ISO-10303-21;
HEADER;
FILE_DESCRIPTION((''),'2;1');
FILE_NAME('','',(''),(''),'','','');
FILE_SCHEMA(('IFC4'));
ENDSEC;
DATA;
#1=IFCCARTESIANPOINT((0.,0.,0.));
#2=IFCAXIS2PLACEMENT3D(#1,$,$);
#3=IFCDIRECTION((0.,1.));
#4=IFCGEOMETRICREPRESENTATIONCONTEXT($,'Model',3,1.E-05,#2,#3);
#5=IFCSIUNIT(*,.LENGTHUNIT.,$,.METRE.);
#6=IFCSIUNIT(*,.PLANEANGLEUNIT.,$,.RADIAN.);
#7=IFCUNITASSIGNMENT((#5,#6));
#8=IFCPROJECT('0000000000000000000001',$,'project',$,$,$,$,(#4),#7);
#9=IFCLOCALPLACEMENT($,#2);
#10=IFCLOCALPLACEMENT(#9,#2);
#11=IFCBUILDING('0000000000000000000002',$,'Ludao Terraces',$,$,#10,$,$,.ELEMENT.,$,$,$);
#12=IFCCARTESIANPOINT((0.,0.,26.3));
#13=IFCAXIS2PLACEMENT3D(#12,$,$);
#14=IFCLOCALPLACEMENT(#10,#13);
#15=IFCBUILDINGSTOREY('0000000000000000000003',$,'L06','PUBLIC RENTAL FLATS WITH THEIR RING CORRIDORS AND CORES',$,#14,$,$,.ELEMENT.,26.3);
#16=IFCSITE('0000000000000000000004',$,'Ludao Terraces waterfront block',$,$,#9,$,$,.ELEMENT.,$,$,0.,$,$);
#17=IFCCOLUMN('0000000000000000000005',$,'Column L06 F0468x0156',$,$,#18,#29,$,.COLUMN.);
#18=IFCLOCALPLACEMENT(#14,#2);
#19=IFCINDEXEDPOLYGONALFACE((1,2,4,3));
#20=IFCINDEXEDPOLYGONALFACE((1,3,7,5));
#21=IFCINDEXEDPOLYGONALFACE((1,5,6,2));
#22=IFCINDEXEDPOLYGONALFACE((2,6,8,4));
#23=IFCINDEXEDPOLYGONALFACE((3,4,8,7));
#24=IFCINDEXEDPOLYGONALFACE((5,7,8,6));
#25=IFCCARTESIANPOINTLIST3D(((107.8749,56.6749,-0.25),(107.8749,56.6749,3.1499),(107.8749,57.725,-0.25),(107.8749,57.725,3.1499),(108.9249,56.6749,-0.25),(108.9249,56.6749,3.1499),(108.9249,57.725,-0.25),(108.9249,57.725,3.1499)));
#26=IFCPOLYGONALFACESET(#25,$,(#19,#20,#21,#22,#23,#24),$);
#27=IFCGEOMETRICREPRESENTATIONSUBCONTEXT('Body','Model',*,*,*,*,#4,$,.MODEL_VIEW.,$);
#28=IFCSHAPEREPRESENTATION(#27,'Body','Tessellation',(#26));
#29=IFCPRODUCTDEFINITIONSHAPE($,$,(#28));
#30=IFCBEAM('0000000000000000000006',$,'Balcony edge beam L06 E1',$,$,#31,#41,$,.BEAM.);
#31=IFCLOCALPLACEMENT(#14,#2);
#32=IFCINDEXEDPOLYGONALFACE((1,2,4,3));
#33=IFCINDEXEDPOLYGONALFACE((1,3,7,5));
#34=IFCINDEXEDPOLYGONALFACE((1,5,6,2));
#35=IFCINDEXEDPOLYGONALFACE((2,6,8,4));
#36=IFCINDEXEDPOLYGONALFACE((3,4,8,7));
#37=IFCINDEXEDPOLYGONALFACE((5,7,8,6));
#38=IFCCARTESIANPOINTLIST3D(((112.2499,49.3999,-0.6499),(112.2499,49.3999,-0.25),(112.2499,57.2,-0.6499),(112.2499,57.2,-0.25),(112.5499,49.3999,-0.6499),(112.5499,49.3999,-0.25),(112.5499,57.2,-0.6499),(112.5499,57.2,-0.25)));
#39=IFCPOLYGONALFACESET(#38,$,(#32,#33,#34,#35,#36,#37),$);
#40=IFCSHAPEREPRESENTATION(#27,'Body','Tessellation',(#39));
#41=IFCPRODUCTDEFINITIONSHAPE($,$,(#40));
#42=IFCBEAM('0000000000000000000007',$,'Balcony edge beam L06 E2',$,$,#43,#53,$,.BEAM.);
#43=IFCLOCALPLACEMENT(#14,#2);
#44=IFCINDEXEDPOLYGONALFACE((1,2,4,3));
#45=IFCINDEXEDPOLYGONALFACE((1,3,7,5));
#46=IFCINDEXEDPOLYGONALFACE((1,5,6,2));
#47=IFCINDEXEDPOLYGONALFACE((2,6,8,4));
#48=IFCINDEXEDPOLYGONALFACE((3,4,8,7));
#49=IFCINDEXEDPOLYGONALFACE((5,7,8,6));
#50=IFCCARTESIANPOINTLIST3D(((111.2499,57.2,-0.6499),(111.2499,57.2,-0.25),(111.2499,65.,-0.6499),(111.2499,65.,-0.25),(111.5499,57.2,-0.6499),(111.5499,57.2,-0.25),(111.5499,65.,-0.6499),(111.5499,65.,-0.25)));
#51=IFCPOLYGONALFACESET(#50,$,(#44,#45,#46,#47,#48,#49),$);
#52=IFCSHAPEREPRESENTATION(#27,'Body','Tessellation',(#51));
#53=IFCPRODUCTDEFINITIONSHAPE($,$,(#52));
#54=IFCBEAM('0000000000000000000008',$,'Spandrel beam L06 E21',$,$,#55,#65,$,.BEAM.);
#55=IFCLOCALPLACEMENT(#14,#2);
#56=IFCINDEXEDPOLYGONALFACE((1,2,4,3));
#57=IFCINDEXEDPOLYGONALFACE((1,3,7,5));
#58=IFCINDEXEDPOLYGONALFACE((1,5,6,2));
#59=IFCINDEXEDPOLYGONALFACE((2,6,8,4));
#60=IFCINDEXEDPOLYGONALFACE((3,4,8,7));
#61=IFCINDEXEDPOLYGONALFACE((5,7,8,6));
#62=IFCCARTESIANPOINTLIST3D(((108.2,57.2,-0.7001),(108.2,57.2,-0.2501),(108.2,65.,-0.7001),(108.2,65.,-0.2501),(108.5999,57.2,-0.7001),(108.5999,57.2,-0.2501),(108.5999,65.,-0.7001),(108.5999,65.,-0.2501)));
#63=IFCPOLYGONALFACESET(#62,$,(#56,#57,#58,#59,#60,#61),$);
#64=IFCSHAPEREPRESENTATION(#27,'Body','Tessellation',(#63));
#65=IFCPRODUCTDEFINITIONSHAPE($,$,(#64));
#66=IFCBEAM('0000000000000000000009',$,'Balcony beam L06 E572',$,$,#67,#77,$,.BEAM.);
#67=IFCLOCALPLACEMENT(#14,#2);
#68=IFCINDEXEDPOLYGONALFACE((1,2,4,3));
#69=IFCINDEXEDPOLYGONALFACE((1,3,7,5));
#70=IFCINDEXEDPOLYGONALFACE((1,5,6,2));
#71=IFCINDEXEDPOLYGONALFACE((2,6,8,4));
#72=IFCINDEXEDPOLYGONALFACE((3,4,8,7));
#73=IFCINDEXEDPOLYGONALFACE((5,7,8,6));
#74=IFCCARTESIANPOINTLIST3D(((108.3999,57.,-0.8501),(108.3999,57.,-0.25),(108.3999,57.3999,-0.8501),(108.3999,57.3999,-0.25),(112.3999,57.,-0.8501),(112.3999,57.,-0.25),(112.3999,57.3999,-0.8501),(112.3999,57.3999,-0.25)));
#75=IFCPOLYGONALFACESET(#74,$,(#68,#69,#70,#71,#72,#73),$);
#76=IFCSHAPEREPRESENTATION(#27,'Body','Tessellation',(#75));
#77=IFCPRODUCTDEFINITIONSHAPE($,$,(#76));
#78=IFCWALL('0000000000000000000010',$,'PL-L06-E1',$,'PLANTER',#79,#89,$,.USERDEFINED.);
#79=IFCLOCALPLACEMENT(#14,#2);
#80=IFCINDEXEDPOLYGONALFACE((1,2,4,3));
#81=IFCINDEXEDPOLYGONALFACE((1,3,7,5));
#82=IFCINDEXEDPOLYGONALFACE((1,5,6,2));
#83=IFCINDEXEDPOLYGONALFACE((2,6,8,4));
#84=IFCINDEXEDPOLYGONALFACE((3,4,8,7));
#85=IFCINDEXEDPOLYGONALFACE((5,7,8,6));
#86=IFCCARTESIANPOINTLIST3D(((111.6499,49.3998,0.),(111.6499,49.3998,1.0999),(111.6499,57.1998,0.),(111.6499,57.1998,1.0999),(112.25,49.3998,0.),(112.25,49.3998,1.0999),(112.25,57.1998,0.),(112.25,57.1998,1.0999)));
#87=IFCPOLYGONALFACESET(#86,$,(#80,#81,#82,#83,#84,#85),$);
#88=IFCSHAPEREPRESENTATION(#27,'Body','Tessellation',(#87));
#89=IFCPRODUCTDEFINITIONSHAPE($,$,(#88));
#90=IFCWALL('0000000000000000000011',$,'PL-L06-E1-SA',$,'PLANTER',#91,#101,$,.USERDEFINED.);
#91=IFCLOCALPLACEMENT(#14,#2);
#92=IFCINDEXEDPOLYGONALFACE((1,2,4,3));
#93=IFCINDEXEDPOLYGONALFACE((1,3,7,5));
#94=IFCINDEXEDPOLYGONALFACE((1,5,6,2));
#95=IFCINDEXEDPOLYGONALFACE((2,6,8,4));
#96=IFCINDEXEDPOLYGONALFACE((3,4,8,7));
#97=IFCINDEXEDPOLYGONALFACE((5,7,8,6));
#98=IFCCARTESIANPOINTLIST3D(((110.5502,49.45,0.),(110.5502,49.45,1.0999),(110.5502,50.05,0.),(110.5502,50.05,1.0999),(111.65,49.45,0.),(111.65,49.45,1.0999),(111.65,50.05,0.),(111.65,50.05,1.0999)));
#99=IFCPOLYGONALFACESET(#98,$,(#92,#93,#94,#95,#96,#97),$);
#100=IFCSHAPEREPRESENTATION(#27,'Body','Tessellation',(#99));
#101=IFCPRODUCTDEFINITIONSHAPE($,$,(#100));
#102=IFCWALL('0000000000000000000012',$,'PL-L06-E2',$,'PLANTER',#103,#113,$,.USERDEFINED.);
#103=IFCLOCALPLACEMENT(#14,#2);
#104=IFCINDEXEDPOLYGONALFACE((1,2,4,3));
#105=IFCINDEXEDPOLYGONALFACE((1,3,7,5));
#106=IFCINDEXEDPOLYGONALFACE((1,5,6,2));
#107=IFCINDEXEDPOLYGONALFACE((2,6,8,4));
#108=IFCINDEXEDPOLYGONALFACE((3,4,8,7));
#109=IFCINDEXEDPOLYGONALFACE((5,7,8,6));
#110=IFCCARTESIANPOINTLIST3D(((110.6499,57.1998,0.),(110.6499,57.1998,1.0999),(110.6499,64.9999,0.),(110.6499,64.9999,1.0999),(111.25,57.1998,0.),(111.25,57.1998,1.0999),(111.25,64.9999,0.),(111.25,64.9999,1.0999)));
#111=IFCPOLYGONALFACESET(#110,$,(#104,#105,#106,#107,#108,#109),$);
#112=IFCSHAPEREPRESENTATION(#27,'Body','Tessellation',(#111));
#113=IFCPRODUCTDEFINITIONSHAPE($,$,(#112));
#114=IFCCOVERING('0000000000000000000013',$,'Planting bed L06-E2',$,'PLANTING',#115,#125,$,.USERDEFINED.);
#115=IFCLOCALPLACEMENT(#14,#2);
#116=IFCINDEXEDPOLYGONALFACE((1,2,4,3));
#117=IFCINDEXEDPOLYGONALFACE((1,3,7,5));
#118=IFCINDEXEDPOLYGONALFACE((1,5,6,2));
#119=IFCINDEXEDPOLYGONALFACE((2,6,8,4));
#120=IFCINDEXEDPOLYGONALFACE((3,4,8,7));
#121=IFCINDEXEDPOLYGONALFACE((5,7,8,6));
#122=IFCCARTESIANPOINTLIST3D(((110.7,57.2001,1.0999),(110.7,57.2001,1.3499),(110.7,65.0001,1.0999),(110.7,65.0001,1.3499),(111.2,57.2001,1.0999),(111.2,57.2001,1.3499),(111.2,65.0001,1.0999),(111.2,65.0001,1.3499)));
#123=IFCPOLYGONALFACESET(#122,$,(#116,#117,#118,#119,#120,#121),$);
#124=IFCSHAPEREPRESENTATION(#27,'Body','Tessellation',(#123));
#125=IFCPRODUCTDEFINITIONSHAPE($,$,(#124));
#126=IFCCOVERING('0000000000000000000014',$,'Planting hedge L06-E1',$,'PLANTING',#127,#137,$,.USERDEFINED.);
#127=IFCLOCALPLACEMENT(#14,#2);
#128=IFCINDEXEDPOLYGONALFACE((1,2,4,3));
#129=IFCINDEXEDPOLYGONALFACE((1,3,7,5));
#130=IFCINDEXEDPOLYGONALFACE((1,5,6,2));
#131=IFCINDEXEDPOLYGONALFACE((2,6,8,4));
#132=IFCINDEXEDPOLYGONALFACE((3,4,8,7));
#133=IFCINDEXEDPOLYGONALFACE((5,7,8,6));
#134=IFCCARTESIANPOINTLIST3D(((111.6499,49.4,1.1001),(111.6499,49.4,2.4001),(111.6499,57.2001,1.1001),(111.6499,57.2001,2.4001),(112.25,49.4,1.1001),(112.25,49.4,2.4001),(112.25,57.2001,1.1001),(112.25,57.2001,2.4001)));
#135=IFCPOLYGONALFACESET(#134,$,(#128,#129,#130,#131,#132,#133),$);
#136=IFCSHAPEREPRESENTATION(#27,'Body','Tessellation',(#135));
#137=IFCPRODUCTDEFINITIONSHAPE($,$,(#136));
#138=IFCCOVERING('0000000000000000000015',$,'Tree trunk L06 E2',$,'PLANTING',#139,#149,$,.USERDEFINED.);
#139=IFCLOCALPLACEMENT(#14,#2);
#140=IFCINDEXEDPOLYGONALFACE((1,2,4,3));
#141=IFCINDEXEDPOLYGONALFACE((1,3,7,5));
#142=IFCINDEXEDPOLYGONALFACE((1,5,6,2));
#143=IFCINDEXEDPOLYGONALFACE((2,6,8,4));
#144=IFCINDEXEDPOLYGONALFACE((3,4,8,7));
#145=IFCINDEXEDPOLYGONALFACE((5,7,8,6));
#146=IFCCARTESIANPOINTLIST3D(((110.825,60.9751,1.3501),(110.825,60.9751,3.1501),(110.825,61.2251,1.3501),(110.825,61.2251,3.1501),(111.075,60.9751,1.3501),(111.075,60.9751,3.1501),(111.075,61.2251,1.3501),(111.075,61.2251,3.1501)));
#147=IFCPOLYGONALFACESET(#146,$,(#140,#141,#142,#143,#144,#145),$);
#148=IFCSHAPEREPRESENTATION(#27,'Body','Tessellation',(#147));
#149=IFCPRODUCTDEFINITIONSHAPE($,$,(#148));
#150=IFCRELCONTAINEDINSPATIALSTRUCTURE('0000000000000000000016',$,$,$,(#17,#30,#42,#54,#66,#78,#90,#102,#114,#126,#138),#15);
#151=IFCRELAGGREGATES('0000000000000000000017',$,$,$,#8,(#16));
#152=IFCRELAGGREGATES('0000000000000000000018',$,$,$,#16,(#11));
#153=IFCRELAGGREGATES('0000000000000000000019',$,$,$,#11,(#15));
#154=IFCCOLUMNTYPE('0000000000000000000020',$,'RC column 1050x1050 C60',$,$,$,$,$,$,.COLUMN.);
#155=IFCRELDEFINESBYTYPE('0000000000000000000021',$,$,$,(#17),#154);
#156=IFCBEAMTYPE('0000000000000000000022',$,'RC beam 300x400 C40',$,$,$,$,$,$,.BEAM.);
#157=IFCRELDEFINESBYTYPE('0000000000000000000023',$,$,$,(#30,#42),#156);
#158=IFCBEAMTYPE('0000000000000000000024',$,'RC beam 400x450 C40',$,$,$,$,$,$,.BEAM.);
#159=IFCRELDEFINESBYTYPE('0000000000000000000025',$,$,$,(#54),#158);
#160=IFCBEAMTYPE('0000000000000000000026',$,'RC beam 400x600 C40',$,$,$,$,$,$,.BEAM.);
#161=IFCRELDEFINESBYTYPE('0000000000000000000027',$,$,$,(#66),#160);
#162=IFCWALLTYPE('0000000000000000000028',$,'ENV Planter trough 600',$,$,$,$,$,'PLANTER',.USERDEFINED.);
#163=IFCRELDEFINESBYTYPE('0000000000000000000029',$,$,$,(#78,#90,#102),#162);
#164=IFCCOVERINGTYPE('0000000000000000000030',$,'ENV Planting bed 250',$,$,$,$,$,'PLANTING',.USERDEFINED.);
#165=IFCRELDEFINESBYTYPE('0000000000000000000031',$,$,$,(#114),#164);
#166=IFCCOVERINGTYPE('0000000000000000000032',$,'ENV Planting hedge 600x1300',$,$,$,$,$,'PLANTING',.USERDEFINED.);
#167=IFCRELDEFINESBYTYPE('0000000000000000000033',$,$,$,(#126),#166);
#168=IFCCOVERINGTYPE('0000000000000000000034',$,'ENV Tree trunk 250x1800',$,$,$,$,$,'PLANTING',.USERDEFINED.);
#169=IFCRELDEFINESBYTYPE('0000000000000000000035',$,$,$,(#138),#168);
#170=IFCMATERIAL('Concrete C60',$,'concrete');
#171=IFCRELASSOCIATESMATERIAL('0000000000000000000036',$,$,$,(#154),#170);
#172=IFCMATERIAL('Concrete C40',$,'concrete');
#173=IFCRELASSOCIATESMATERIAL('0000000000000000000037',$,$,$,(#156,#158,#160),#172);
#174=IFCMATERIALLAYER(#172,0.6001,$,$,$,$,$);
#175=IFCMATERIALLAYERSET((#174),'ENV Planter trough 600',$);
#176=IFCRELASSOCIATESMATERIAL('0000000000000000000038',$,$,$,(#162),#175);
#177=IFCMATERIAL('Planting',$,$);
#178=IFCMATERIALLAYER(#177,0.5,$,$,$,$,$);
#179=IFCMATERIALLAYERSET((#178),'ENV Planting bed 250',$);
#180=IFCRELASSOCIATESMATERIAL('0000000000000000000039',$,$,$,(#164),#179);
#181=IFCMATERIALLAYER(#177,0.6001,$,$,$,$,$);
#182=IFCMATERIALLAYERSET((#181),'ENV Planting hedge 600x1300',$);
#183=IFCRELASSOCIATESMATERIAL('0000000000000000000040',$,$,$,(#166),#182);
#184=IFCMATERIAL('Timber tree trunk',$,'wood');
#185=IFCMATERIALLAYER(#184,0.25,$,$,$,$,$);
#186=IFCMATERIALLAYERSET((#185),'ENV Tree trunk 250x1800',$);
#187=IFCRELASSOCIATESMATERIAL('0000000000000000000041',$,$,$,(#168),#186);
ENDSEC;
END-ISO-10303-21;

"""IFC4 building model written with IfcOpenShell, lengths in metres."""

from ifc_helpers import new_model, si_unit, direction, frame, frame_2d, origin, origin_2d, place, context, subcontext, project, spatial, rectangle, extrude, material, layer, layer_set, material_profile, profile_set, type_object, element, save


model = new_model("IFC4")

# Units and contexts
model_context = context("Model", 3, precision=1e-05, world=origin(), true_north=direction((0.0, 1.0)))
body_context = subcontext(model_context, "Body", "Model", "MODEL_VIEW")
ifc_project = project(units=[si_unit("LENGTHUNIT", "METRE"), si_unit("PLANEANGLEUNIT", "RADIAN")], contexts=[model_context])

# Site, building, storey
site_placement = place(None, origin())
site = spatial("IfcSite", under=ifc_project, at=site_placement, Name="Ludao Terraces waterfront block", CompositionType="ELEMENT", RefElevation=0.0)
building_placement = place(site_placement, origin())
building = spatial("IfcBuilding", under=site, at=building_placement, Name="Ludao Terraces", CompositionType="ELEMENT")
storey_placement = place(building_placement, frame((0.0, 0.0, 26.3)))
storey = spatial("IfcBuildingStorey", under=building, at=storey_placement, Name="L06", Description="PUBLIC RENTAL FLATS WITH THEIR RING CORRIDORS AND CORES", CompositionType="ELEMENT", Elevation=26.3)

# Column
ifc_material_1 = material(Name="Concrete C60", Category="concrete")
ifc_material_profile_1 = material_profile(ifc_material_1, rectangle(XDim=1.05, YDim=1.05, at=origin_2d()), Name="1050 X 1050")
ifc_profile_set_1 = profile_set([ifc_material_profile_1], Name="Concrete C60")
column_type = type_object("IfcColumnType", Name="RC column 1050x1050 C60", PredefinedType="COLUMN", material=ifc_profile_set_1)
column_placement = place(storey_placement, frame((108.3999, 57.2, -0.25), z_axis=(0.0, 0.0, 1.0), x_axis=(1.0, 0.0, 0.0)))
element("IfcColumn", 1, at=column_placement, inside=storey, type_object=column_type, Name="Column L06 F0468x0156", PredefinedType="COLUMN", context=body_context, shape_type="SweptSolid", body=[
    extrude(rectangle(XDim=1.05, YDim=1.05, at=origin_2d()), origin(), (0.0, 0.0, 1.0), 3.3999),
])

# Beams
ifc_material_2 = material(Name="Concrete C40", Category="concrete")
ifc_material_profile_2 = material_profile(ifc_material_2, rectangle(XDim=0.3, YDim=0.3999, at=origin_2d()), Name="300 X 400")
ifc_profile_set_2 = profile_set([ifc_material_profile_2], Name="Concrete C40")
beam_type_1 = type_object("IfcBeamType", Name="RC beam 300x400 C40", PredefinedType="BEAM", material=ifc_profile_set_2)
for number, where, z_axis, x_axis, name in (
    (2, (112.3999, 49.3999, -0.45), (0.0, 1.0, 0.0), (-1.0, 0.0, 0.0), "Balcony edge beam L06 E1"),
    (3, (111.3999, 57.2, -0.45), (0.0, 1.0, 0.0), (-1.0, 0.0, 0.0), "Balcony edge beam L06 E2"),
):
    element("IfcBeam", number, at=place(storey_placement, frame(where, z_axis=z_axis, x_axis=x_axis)), inside=storey, type_object=beam_type_1, Name=name, PredefinedType="BEAM", context=body_context, shape_type="SweptSolid", body=[
        extrude(rectangle(XDim=0.3, YDim=0.3999, at=origin_2d()), origin(), (0.0, 0.0, 1.0), 7.8),
    ])
ifc_material_profile_3 = material_profile(ifc_material_2, rectangle(XDim=0.3999, YDim=0.45, at=origin_2d()), Name="400 X 450")
ifc_profile_set_3 = profile_set([ifc_material_profile_3], Name="Concrete C40")
beam_type_2 = type_object("IfcBeamType", Name="RC beam 400x450 C40", PredefinedType="BEAM", material=ifc_profile_set_3)
beam_1_placement = place(storey_placement, frame((108.3999, 57.2, -0.4751), z_axis=(0.0, 1.0, 0.0), x_axis=(-1.0, 0.0, 0.0)))
element("IfcBeam", 4, at=beam_1_placement, inside=storey, type_object=beam_type_2, Name="Spandrel beam L06 E21", PredefinedType="BEAM", context=body_context, shape_type="SweptSolid", body=[
    extrude(rectangle(XDim=0.3999, YDim=0.45, at=origin_2d()), origin(), (0.0, 0.0, 1.0), 7.8),
])
ifc_material_profile_4 = material_profile(ifc_material_2, rectangle(XDim=0.3999, YDim=0.6001, at=origin_2d()), Name="400 X 600")
ifc_profile_set_4 = profile_set([ifc_material_profile_4], Name="Concrete C40")
beam_type_3 = type_object("IfcBeamType", Name="RC beam 400x600 C40", PredefinedType="BEAM", material=ifc_profile_set_4)
beam_2_placement = place(storey_placement, frame((108.3999, 57.2, -0.55), z_axis=(1.0, 0.0, 0.0), x_axis=(0.0, 1.0, 0.0)))
element("IfcBeam", 5, at=beam_2_placement, inside=storey, type_object=beam_type_3, Name="Balcony beam L06 E572", PredefinedType="BEAM", context=body_context, shape_type="SweptSolid", body=[
    extrude(rectangle(XDim=0.3999, YDim=0.6001, at=origin_2d()), origin(), (0.0, 0.0, 1.0), 4.0),
])

# Walls
ifc_layer_1 = layer(ifc_material_2, 0.6001)
ifc_layer_set_1 = layer_set([ifc_layer_1], Name="ENV Planter trough 600")
wall_type_1 = type_object("IfcWallType", Name="ENV Planter trough 600", ElementType="PLANTER", PredefinedType="USERDEFINED", material=ifc_layer_set_1)
wall_1_placement = place(storey_placement, frame((111.95, 49.3999, 0.0), z_axis=(0.0, 0.0, 1.0), x_axis=(0.0, 1.0, 0.0)))
element("IfcWall", 6, at=wall_1_placement, inside=storey, type_object=wall_type_1, Name="PL-L06-E1", ObjectType="PLANTER", PredefinedType="USERDEFINED", context=body_context, shape_type="SweptSolid", body=[
    extrude(rectangle(XDim=7.8, YDim=0.6001, at=frame_2d((3.8999, 0.0))), origin(), (0.0, 0.0, 1.0), 1.0999),
])
wall_2_placement = place(storey_placement, frame((111.6499, 49.75, 0.0), z_axis=(0.0, 0.0, 1.0), x_axis=(-1.0, 0.0, 0.0)))
element("IfcWall", 7, at=wall_2_placement, inside=storey, type_object=wall_type_1, Name="PL-L06-E1-SA", ObjectType="PLANTER", PredefinedType="USERDEFINED", context=body_context, shape_type="SweptSolid", body=[
    extrude(rectangle(XDim=1.0999, YDim=0.6001, at=frame_2d((0.5498, 0.0))), origin(), (0.0, 0.0, 1.0), 1.0999),
])
wall_3_placement = place(storey_placement, frame((110.95, 57.2, 0.0), z_axis=(0.0, 0.0, 1.0), x_axis=(0.0, 1.0, 0.0)))
element("IfcWall", 8, at=wall_3_placement, inside=storey, type_object=wall_type_1, Name="PL-L06-E2", ObjectType="PLANTER", PredefinedType="USERDEFINED", context=body_context, shape_type="SweptSolid", body=[
    extrude(rectangle(XDim=7.8, YDim=0.6001, at=frame_2d((3.8999, 0.0))), origin(), (0.0, 0.0, 1.0), 1.0999),
])

# Coverings
ifc_material_3 = material(Name="Planting")
ifc_layer_2 = layer(ifc_material_3, 0.5)
ifc_layer_set_2 = layer_set([ifc_layer_2], Name="ENV Planting bed 250")
covering_type_1 = type_object("IfcCoveringType", Name="ENV Planting bed 250", ElementType="PLANTING", PredefinedType="USERDEFINED", material=ifc_layer_set_2)
covering_1_placement = place(storey_placement, frame((110.95, 61.1001, 1.0999), z_axis=(0.0, 0.0, 1.0), x_axis=(1.0, 0.0, 0.0)))
element("IfcCovering", 9, at=covering_1_placement, inside=storey, type_object=covering_type_1, Name="Planting bed L06-E2", ObjectType="PLANTING", PredefinedType="USERDEFINED", context=body_context, shape_type="SweptSolid", body=[
    extrude(rectangle(XDim=0.5, YDim=7.8, at=origin_2d()), origin(), (0.0, 0.0, 1.0), 0.25),
])
ifc_layer_3 = layer(ifc_material_3, 0.6001)
ifc_layer_set_3 = layer_set([ifc_layer_3], Name="ENV Planting hedge 600x1300")
covering_type_2 = type_object("IfcCoveringType", Name="ENV Planting hedge 600x1300", ElementType="PLANTING", PredefinedType="USERDEFINED", material=ifc_layer_set_3)
covering_2_placement = place(storey_placement, frame((111.95, 53.3, 1.1001), z_axis=(0.0, 0.0, 1.0), x_axis=(1.0, 0.0, 0.0)))
element("IfcCovering", 10, at=covering_2_placement, inside=storey, type_object=covering_type_2, Name="Planting hedge L06-E1", ObjectType="PLANTING", PredefinedType="USERDEFINED", context=body_context, shape_type="SweptSolid", body=[
    extrude(rectangle(XDim=0.6001, YDim=7.8, at=origin_2d()), origin(), (0.0, 0.0, 1.0), 1.3),
])
ifc_material_4 = material(Name="Timber tree trunk", Category="wood")
ifc_layer_4 = layer(ifc_material_4, 0.25)
ifc_layer_set_4 = layer_set([ifc_layer_4], Name="ENV Tree trunk 250x1800")
covering_type_3 = type_object("IfcCoveringType", Name="ENV Tree trunk 250x1800", ElementType="PLANTING", PredefinedType="USERDEFINED", material=ifc_layer_set_4)
covering_3_placement = place(storey_placement, frame((110.95, 61.1001, 1.3501), z_axis=(0.0, 0.0, 1.0), x_axis=(1.0, 0.0, 0.0)))
element("IfcCovering", 11, at=covering_3_placement, inside=storey, type_object=covering_type_3, Name="Tree trunk L06 E2", ObjectType="PLANTING", PredefinedType="USERDEFINED", context=body_context, shape_type="SweptSolid", body=[
    extrude(rectangle(XDim=0.25, YDim=0.25, at=origin_2d()), origin(), (0.0, 0.0, 1.0), 1.8),
])

save(model, "model.ifc")
